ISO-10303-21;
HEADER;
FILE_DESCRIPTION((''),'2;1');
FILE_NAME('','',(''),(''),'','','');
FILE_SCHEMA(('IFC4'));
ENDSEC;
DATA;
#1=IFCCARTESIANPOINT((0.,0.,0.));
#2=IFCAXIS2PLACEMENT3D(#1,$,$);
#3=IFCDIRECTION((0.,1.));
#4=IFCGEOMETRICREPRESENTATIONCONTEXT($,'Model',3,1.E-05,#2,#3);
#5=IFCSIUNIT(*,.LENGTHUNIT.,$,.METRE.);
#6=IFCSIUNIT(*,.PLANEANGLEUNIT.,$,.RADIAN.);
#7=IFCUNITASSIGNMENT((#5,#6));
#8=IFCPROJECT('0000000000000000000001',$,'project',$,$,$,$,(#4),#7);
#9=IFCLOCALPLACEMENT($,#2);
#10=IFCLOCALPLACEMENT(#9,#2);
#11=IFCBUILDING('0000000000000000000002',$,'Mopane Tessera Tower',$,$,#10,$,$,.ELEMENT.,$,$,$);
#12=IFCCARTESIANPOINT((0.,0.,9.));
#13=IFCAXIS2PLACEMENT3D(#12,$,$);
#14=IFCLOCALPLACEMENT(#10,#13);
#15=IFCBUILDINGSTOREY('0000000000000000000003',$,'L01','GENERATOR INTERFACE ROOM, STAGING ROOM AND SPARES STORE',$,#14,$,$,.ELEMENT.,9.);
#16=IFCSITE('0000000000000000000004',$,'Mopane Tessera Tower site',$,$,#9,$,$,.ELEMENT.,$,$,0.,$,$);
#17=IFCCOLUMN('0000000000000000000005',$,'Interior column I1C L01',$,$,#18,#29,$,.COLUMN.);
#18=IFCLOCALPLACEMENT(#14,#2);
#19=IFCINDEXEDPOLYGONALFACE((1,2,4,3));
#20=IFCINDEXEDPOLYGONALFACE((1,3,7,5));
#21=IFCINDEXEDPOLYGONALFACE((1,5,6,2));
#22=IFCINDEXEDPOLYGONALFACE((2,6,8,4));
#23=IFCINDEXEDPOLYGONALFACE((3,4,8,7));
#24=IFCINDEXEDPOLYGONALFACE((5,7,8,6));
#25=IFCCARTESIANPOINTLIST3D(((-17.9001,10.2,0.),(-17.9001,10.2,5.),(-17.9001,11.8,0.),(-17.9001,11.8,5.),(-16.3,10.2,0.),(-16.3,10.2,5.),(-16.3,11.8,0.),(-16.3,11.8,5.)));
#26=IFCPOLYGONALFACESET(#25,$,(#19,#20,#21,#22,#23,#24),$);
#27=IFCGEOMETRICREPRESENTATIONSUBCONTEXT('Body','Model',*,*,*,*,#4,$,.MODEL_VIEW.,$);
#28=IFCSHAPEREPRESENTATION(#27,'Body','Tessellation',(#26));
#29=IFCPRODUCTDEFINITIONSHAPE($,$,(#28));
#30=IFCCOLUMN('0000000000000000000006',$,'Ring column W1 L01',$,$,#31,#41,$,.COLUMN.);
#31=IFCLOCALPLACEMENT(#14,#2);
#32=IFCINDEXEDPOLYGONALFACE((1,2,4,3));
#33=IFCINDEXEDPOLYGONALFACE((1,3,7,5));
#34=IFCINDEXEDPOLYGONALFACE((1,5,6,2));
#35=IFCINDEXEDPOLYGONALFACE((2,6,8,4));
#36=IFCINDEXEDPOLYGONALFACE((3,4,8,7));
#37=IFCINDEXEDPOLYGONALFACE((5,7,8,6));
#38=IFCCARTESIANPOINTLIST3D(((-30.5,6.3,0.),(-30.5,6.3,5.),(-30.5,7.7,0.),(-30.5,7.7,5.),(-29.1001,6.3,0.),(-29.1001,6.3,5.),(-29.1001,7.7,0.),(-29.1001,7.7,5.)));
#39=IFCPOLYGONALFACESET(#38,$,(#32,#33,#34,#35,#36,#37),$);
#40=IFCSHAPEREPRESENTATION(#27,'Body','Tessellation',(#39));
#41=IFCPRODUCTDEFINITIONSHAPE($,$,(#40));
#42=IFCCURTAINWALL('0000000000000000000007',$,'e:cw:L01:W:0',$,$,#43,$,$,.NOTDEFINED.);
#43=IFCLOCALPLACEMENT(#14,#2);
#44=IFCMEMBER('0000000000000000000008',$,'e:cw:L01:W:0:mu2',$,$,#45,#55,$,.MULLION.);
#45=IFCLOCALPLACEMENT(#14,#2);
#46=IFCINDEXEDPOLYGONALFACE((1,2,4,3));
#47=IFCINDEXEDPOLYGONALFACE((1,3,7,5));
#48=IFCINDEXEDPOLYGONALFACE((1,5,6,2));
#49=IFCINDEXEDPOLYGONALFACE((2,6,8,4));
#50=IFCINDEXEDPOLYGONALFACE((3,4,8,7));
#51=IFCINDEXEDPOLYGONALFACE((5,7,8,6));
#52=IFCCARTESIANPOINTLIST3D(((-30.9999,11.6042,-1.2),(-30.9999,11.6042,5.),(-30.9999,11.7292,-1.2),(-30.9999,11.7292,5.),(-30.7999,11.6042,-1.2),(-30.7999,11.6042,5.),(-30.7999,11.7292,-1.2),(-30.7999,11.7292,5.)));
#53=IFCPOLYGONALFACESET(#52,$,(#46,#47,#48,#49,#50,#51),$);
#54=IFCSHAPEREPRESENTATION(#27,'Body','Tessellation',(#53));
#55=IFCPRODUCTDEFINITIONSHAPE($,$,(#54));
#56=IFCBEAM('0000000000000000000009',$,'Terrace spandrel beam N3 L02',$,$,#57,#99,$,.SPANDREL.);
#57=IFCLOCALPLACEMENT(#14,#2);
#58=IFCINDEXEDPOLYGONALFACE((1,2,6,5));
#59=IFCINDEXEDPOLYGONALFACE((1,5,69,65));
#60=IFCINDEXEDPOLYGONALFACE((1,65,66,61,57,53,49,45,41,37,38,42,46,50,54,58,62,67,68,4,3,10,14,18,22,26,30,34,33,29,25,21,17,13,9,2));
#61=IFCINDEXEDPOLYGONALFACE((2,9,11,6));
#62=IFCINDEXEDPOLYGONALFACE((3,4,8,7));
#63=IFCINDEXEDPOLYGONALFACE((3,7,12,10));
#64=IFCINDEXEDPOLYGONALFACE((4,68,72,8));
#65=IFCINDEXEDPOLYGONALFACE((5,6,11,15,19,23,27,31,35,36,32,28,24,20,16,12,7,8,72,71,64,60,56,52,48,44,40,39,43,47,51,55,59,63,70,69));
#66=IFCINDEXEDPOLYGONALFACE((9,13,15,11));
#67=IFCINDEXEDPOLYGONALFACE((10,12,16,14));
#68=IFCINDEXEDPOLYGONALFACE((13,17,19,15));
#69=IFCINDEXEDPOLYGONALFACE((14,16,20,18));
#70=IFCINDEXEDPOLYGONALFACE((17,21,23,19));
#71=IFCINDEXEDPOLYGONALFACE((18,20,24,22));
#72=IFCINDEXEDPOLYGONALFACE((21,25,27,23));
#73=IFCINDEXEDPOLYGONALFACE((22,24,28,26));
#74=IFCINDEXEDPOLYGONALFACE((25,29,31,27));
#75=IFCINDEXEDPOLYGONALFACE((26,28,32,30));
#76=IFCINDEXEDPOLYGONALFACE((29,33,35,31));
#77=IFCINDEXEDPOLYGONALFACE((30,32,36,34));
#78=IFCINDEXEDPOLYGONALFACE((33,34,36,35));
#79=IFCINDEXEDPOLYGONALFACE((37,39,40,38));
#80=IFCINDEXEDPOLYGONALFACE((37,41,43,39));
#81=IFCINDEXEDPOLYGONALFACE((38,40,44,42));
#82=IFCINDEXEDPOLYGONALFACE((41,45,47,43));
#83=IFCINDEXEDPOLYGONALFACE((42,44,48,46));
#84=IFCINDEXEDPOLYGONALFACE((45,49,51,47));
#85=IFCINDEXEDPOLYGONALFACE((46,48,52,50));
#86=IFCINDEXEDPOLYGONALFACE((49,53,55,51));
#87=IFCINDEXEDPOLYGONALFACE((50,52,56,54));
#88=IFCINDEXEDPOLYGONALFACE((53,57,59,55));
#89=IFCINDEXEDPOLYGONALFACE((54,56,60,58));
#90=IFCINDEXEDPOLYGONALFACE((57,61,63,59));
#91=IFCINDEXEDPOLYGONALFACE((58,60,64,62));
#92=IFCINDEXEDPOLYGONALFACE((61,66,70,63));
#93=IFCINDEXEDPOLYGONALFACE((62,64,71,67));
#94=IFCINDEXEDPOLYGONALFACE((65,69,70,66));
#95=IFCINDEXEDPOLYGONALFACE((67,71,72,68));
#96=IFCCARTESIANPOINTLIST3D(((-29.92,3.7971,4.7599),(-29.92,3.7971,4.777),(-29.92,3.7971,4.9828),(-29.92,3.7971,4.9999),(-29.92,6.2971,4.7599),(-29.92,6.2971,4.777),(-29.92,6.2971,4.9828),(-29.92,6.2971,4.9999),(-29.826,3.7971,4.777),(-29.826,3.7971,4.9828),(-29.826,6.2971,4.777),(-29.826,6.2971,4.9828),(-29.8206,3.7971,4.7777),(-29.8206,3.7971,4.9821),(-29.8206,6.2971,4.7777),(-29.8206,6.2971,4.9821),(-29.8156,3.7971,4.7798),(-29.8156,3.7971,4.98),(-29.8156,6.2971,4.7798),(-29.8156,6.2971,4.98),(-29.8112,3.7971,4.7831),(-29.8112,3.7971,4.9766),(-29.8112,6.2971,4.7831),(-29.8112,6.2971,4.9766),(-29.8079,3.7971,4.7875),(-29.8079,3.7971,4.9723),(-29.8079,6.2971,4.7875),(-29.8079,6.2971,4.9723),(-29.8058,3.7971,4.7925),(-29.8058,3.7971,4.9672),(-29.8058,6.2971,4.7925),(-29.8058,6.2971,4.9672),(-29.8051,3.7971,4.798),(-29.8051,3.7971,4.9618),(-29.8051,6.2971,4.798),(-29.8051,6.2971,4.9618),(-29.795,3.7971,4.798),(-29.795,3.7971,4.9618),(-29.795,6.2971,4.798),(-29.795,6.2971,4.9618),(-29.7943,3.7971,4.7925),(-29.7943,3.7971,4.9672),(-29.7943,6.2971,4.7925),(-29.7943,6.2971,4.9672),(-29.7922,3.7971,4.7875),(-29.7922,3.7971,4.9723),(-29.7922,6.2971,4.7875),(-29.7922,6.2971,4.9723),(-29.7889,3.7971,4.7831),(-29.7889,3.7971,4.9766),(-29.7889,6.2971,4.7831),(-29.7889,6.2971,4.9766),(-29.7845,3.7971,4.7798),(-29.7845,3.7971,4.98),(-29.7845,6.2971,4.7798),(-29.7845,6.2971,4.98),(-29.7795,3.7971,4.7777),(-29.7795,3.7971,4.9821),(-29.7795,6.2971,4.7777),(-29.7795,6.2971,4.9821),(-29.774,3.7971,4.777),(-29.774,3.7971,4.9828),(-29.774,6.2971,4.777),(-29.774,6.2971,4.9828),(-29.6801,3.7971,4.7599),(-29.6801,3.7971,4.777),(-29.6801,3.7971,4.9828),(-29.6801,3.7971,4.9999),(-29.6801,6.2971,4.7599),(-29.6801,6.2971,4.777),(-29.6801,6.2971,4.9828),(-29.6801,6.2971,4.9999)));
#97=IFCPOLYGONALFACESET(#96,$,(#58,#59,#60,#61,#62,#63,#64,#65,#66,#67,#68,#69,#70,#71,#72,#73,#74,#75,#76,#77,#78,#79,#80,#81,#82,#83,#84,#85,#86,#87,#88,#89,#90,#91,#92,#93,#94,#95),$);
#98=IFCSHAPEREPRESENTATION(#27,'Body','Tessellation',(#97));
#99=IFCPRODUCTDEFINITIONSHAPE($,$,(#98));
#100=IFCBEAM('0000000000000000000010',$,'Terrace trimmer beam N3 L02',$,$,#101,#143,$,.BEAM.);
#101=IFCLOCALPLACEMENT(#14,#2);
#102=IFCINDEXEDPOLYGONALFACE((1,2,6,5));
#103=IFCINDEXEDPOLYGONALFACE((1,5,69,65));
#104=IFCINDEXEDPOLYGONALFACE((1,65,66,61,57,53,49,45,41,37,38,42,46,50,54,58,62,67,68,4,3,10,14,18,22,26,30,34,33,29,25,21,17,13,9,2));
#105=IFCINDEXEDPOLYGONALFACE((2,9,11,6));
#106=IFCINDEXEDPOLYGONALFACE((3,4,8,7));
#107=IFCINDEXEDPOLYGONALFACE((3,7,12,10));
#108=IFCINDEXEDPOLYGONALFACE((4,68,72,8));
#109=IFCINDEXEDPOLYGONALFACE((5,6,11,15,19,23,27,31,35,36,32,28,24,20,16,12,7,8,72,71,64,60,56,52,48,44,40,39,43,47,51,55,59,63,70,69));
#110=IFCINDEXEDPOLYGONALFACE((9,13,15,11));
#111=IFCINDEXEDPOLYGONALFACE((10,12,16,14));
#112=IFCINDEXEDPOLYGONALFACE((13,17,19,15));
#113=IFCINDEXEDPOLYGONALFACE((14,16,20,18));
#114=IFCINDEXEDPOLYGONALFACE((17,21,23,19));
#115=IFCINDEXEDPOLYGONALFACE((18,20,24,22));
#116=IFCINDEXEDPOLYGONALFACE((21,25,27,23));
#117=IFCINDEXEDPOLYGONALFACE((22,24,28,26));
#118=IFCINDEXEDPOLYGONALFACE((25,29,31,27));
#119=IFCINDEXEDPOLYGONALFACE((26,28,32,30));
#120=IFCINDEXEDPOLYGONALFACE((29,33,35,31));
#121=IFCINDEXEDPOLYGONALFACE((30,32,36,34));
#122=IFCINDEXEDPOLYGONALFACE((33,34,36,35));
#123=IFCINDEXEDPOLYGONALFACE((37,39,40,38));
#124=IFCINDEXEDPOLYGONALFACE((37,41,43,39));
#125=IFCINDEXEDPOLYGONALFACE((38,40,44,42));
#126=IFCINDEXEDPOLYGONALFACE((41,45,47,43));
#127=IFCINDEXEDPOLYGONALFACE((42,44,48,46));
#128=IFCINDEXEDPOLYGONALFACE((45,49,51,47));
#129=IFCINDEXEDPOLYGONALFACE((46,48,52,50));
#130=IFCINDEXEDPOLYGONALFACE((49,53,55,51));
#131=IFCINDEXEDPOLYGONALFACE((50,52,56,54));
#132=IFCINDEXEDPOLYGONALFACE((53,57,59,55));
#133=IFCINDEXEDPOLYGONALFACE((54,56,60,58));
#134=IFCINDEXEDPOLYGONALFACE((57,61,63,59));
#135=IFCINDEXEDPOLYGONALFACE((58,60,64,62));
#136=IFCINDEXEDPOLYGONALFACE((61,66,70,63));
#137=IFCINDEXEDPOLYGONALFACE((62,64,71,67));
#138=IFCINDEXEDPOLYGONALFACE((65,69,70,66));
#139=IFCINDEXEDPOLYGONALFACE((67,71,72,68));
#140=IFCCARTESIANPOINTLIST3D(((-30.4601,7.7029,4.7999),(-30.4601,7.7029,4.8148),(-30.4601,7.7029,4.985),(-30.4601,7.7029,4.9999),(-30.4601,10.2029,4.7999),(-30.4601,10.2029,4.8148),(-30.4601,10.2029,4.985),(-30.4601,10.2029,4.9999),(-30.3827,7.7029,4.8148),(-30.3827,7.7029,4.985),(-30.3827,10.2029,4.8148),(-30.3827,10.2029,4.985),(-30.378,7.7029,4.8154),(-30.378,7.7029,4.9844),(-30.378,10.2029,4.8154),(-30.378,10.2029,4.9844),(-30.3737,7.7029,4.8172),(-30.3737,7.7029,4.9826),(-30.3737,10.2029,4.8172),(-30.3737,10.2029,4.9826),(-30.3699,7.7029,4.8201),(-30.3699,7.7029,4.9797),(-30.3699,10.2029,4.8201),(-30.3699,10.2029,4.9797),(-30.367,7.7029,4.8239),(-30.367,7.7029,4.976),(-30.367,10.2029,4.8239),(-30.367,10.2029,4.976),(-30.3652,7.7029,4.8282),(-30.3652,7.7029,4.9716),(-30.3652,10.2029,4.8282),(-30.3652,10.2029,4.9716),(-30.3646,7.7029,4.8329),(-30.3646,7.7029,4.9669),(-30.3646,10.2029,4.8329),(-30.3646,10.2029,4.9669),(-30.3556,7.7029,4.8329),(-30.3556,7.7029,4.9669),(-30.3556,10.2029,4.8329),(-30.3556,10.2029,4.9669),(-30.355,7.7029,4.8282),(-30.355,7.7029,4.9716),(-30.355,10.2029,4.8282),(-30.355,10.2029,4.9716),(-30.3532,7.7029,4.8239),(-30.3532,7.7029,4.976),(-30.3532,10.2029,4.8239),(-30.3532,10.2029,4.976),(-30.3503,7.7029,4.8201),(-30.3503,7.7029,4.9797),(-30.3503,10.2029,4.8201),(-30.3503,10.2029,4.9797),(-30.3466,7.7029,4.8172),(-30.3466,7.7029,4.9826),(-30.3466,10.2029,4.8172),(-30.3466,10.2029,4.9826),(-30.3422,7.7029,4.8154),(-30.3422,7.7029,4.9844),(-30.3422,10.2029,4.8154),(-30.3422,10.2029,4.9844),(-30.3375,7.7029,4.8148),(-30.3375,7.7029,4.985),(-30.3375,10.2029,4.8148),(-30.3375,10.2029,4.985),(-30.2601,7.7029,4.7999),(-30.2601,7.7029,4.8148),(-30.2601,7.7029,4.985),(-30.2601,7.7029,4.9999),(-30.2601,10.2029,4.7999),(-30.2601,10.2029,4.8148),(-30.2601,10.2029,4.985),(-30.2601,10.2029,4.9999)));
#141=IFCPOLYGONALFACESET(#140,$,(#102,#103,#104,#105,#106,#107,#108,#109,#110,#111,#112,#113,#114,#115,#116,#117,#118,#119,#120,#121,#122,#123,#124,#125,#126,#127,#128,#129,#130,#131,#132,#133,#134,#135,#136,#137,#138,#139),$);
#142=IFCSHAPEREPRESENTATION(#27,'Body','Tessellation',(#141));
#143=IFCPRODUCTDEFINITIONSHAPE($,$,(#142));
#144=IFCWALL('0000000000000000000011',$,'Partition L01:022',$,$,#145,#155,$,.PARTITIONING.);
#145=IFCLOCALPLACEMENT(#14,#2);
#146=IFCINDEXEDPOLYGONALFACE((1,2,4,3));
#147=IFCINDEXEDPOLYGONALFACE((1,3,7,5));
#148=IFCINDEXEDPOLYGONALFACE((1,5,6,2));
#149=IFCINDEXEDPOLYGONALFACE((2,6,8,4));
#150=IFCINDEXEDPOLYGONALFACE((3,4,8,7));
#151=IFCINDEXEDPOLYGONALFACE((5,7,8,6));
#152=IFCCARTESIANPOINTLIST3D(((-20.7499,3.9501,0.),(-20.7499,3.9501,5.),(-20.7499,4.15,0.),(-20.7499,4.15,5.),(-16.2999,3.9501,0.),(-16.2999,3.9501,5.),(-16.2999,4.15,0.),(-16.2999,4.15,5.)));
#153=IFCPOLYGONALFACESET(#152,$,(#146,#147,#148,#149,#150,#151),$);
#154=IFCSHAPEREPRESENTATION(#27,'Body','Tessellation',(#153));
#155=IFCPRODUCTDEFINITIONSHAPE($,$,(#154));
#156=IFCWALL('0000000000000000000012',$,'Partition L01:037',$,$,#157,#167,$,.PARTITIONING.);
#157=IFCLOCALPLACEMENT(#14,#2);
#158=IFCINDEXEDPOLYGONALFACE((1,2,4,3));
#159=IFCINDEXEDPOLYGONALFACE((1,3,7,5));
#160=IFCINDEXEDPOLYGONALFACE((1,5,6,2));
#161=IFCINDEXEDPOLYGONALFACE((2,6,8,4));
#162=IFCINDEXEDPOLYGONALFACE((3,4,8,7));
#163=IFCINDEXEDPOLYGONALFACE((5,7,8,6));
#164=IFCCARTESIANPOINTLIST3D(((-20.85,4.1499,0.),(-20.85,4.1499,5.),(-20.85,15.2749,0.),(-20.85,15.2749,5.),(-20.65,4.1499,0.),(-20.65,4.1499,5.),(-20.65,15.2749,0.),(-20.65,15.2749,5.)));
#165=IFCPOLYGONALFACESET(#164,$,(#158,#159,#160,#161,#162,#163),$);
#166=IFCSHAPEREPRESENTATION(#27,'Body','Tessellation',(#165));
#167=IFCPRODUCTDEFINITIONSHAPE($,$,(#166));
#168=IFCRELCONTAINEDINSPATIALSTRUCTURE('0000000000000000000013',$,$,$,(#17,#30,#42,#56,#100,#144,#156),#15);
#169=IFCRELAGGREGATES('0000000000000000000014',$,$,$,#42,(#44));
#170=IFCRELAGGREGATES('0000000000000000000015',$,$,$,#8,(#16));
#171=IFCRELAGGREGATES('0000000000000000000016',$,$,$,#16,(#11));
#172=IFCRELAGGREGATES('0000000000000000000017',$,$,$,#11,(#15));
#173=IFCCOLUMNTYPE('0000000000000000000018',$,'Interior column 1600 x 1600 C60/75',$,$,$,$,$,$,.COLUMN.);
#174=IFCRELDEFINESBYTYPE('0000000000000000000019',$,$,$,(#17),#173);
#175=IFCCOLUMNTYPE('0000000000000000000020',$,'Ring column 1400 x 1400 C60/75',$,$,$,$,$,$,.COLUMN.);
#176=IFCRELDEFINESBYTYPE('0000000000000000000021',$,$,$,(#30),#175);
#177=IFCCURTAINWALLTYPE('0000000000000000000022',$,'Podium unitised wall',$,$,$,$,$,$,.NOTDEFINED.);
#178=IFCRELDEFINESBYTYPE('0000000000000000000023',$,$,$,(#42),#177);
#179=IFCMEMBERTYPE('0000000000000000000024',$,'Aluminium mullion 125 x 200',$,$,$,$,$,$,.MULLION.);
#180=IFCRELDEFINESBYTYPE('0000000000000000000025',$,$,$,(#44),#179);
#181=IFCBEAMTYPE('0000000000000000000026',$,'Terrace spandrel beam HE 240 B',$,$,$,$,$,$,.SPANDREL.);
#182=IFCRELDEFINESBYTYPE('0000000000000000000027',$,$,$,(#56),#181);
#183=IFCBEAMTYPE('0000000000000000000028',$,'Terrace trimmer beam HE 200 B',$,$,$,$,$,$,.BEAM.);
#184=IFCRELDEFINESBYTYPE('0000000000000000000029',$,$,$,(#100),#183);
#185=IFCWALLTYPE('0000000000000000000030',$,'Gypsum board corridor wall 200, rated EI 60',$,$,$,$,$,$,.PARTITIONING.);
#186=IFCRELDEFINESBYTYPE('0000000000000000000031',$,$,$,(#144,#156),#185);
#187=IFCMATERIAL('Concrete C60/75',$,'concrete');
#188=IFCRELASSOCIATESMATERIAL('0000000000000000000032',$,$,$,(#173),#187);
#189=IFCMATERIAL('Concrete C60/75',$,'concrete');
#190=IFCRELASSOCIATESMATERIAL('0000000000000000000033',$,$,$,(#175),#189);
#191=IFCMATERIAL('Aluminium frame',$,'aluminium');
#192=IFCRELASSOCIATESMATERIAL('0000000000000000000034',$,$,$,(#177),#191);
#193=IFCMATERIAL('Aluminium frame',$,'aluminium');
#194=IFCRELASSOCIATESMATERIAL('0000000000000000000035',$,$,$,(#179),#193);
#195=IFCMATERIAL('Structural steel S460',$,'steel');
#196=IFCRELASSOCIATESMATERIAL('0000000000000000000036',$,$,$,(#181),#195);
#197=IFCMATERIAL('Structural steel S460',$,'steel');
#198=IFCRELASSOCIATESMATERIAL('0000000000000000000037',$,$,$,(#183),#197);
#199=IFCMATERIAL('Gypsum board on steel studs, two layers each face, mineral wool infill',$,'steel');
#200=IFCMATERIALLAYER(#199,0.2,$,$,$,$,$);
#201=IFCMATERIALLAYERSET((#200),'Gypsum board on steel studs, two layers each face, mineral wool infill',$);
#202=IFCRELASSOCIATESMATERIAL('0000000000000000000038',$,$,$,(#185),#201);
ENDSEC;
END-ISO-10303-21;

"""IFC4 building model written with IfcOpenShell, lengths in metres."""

from ifc_helpers import new_model, si_unit, direction, frame, frame_2d, origin, origin_2d, place, context, subcontext, project, spatial, rectangle, i_section, extrude, material, layer, layer_set, material_profile, profile_set, type_object, element, aggregate, save


model = new_model("IFC4")

# Units and contexts
model_context = context("Model", 3, precision=1e-05, world=origin(), true_north=direction((0.0, 1.0)))
body_context = subcontext(model_context, "Body", "Model", "MODEL_VIEW")
ifc_project = project(units=[si_unit("LENGTHUNIT", "METRE"), si_unit("PLANEANGLEUNIT", "RADIAN")], contexts=[model_context])

# Site, building, storey
site_placement = place(None, origin())
site = spatial("IfcSite", under=ifc_project, at=site_placement, Name="Mopane Tessera Tower site", CompositionType="ELEMENT", RefElevation=0.0)
building_placement = place(site_placement, origin())
building = spatial("IfcBuilding", under=site, at=building_placement, Name="Mopane Tessera Tower", CompositionType="ELEMENT")
storey_placement = place(building_placement, frame((0.0, 0.0, 9.0)))
storey = spatial("IfcBuildingStorey", under=building, at=storey_placement, Name="L01", Description="GENERATOR INTERFACE ROOM, STAGING ROOM AND SPARES STORE", CompositionType="ELEMENT", Elevation=9.0)

# Columns
ifc_material_1 = material(Name="Concrete C60/75", Category="concrete")
ifc_material_profile_1 = material_profile(ifc_material_1, rectangle(XDim=1.6001, YDim=1.6001, at=origin_2d()))
ifc_profile_set_1 = profile_set([ifc_material_profile_1], Name="Concrete C60/75")
column_type_1 = type_object("IfcColumnType", Name="Interior column 1600 x 1600 C60/75", PredefinedType="COLUMN", material=ifc_profile_set_1)
column_1_placement = place(storey_placement, frame((-17.1001, 11.0, 0.0), z_axis=(0.0, 0.0, 1.0), x_axis=(1.0, 0.0, 0.0)))
element("IfcColumn", 1, at=column_1_placement, inside=storey, type_object=column_type_1, Name="Interior column I1C L01", PredefinedType="COLUMN", context=body_context, shape_type="SweptSolid", body=[
    extrude(rectangle(XDim=1.6001, YDim=1.6001, at=origin_2d()), origin(), (0.0, 0.0, 1.0), 5.0),
])
ifc_material_2 = material(Name="Concrete C60/75", Category="concrete")
ifc_material_profile_2 = material_profile(ifc_material_2, rectangle(XDim=1.3999, YDim=1.3999, at=origin_2d()))
ifc_profile_set_2 = profile_set([ifc_material_profile_2], Name="Concrete C60/75")
column_type_2 = type_object("IfcColumnType", Name="Ring column 1400 x 1400 C60/75", PredefinedType="COLUMN", material=ifc_profile_set_2)
column_2_placement = place(storey_placement, frame((-29.8, 7.0, 0.0), z_axis=(0.0, 0.0, 1.0), x_axis=(1.0, 0.0, 0.0)))
element("IfcColumn", 2, at=column_2_placement, inside=storey, type_object=column_type_2, Name="Ring column W1 L01", PredefinedType="COLUMN", context=body_context, shape_type="SweptSolid", body=[
    extrude(rectangle(XDim=1.3999, YDim=1.3999, at=origin_2d()), origin(), (0.0, 0.0, 1.0), 5.0),
])

# Curtain wall, member
ifc_material_3 = material(Name="Aluminium frame", Category="aluminium")
curtain_wall_type = type_object("IfcCurtainWallType", Name="Podium unitised wall", PredefinedType="NOTDEFINED", material=ifc_material_3)
curtain_wall_placement = place(storey_placement, origin())
curtain_wall = element("IfcCurtainWall", 3, at=curtain_wall_placement, inside=storey, type_object=curtain_wall_type, Name="e:cw:L01:W:0", PredefinedType="NOTDEFINED")
ifc_material_4 = material(Name="Aluminium frame", Category="aluminium")
ifc_material_profile_3 = material_profile(ifc_material_4, rectangle(XDim=0.125, YDim=0.2, at=origin_2d()))
ifc_profile_set_3 = profile_set([ifc_material_profile_3], Name="Aluminium frame")
member_type = type_object("IfcMemberType", Name="Aluminium mullion 125 x 200", PredefinedType="MULLION", material=ifc_profile_set_3)
member_placement = place(storey_placement, frame((-30.8999, 11.6667, -1.2), z_axis=(0.0, 0.0, 1.0), x_axis=(0.0, -1.0, 0.0)))
member = element("IfcMember", 4, at=member_placement, type_object=member_type, Name="e:cw:L01:W:0:mu2", PredefinedType="MULLION", context=body_context, shape_type="SweptSolid", body=[
    extrude(rectangle(XDim=0.125, YDim=0.2, at=origin_2d()), origin(), (0.0, 0.0, 1.0), 6.2),
])
aggregate(curtain_wall, [member])

# Beams
ifc_material_5 = material(Name="Structural steel S460", Category="steel")
ifc_material_profile_4 = material_profile(ifc_material_5, i_section(OverallWidth=0.24, OverallDepth=0.24, WebThickness=0.01, FlangeThickness=0.0171, FilletRadius=0.021, at=origin_2d()))
ifc_profile_set_4 = profile_set([ifc_material_profile_4], Name="Structural steel S460")
beam_type_1 = type_object("IfcBeamType", Name="Terrace spandrel beam HE 240 B", PredefinedType="SPANDREL", material=ifc_profile_set_4)
beam_1_placement = place(storey_placement, frame((-29.8, 6.2971, 4.8799), z_axis=(0.0, -1.0, 0.0), x_axis=(1.0, 0.0, 0.0)))
element("IfcBeam", 5, at=beam_1_placement, inside=storey, type_object=beam_type_1, Name="Terrace spandrel beam N3 L02", PredefinedType="SPANDREL", context=body_context, shape_type="SweptSolid", body=[
    extrude(i_section(OverallWidth=0.24, OverallDepth=0.24, WebThickness=0.01, FlangeThickness=0.0171, FilletRadius=0.021, at=origin_2d()), origin(), (0.0, 0.0, 1.0), 2.5),
])
ifc_material_6 = material(Name="Structural steel S460", Category="steel")
ifc_material_profile_5 = material_profile(ifc_material_6, i_section(OverallWidth=0.2, OverallDepth=0.2, WebThickness=0.009, FlangeThickness=0.0149, FilletRadius=0.0181, at=origin_2d()))
ifc_profile_set_5 = profile_set([ifc_material_profile_5], Name="Structural steel S460")
beam_type_2 = type_object("IfcBeamType", Name="Terrace trimmer beam HE 200 B", PredefinedType="BEAM", material=ifc_profile_set_5)
beam_2_placement = place(storey_placement, frame((-30.3601, 7.7029, 4.8999), z_axis=(0.0, 1.0, 0.0), x_axis=(-1.0, 0.0, 0.0)))
element("IfcBeam", 6, at=beam_2_placement, inside=storey, type_object=beam_type_2, Name="Terrace trimmer beam N3 L02", PredefinedType="BEAM", context=body_context, shape_type="SweptSolid", body=[
    extrude(i_section(OverallWidth=0.2, OverallDepth=0.2, WebThickness=0.009, FlangeThickness=0.0149, FilletRadius=0.0181, at=origin_2d()), origin(), (0.0, 0.0, 1.0), 2.5),
])

# Walls
ifc_material_7 = material(Name="Gypsum board on steel studs, two layers each face, mineral wool infill", Category="steel")
ifc_layer_1 = layer(ifc_material_7, 0.2)
ifc_layer_set_1 = layer_set([ifc_layer_1], Name="Gypsum board on steel studs, two layers each face, mineral wool infill")
wall_type_1 = type_object("IfcWallType", Name="Gypsum board corridor wall 200, rated EI 60", PredefinedType="PARTITIONING", material=ifc_layer_set_1)
wall_1_placement = place(storey_placement, frame((-20.75, 4.05, 0.0), z_axis=(0.0, 0.0, 1.0), x_axis=(1.0, 0.0, 0.0)))
element("IfcWall", 7, at=wall_1_placement, inside=storey, type_object=wall_type_1, Name="Partition L01:022", PredefinedType="PARTITIONING", context=body_context, shape_type="SweptSolid", body=[
    extrude(rectangle(XDim=4.45, YDim=0.2, at=frame_2d((2.2251, 0.0))), origin(), (0.0, 0.0, 1.0), 5.0),
])
wall_2_placement = place(storey_placement, frame((-20.75, 4.1499, 0.0), z_axis=(0.0, 0.0, 1.0), x_axis=(0.0, 1.0, 0.0)))
element("IfcWall", 8, at=wall_2_placement, inside=storey, type_object=wall_type_1, Name="Partition L01:037", PredefinedType="PARTITIONING", context=body_context, shape_type="SweptSolid", body=[
    extrude(rectangle(XDim=11.125, YDim=0.2, at=frame_2d((5.5625, 0.0))), origin(), (0.0, 0.0, 1.0), 5.0),
])

save(model, "model.ifc")
